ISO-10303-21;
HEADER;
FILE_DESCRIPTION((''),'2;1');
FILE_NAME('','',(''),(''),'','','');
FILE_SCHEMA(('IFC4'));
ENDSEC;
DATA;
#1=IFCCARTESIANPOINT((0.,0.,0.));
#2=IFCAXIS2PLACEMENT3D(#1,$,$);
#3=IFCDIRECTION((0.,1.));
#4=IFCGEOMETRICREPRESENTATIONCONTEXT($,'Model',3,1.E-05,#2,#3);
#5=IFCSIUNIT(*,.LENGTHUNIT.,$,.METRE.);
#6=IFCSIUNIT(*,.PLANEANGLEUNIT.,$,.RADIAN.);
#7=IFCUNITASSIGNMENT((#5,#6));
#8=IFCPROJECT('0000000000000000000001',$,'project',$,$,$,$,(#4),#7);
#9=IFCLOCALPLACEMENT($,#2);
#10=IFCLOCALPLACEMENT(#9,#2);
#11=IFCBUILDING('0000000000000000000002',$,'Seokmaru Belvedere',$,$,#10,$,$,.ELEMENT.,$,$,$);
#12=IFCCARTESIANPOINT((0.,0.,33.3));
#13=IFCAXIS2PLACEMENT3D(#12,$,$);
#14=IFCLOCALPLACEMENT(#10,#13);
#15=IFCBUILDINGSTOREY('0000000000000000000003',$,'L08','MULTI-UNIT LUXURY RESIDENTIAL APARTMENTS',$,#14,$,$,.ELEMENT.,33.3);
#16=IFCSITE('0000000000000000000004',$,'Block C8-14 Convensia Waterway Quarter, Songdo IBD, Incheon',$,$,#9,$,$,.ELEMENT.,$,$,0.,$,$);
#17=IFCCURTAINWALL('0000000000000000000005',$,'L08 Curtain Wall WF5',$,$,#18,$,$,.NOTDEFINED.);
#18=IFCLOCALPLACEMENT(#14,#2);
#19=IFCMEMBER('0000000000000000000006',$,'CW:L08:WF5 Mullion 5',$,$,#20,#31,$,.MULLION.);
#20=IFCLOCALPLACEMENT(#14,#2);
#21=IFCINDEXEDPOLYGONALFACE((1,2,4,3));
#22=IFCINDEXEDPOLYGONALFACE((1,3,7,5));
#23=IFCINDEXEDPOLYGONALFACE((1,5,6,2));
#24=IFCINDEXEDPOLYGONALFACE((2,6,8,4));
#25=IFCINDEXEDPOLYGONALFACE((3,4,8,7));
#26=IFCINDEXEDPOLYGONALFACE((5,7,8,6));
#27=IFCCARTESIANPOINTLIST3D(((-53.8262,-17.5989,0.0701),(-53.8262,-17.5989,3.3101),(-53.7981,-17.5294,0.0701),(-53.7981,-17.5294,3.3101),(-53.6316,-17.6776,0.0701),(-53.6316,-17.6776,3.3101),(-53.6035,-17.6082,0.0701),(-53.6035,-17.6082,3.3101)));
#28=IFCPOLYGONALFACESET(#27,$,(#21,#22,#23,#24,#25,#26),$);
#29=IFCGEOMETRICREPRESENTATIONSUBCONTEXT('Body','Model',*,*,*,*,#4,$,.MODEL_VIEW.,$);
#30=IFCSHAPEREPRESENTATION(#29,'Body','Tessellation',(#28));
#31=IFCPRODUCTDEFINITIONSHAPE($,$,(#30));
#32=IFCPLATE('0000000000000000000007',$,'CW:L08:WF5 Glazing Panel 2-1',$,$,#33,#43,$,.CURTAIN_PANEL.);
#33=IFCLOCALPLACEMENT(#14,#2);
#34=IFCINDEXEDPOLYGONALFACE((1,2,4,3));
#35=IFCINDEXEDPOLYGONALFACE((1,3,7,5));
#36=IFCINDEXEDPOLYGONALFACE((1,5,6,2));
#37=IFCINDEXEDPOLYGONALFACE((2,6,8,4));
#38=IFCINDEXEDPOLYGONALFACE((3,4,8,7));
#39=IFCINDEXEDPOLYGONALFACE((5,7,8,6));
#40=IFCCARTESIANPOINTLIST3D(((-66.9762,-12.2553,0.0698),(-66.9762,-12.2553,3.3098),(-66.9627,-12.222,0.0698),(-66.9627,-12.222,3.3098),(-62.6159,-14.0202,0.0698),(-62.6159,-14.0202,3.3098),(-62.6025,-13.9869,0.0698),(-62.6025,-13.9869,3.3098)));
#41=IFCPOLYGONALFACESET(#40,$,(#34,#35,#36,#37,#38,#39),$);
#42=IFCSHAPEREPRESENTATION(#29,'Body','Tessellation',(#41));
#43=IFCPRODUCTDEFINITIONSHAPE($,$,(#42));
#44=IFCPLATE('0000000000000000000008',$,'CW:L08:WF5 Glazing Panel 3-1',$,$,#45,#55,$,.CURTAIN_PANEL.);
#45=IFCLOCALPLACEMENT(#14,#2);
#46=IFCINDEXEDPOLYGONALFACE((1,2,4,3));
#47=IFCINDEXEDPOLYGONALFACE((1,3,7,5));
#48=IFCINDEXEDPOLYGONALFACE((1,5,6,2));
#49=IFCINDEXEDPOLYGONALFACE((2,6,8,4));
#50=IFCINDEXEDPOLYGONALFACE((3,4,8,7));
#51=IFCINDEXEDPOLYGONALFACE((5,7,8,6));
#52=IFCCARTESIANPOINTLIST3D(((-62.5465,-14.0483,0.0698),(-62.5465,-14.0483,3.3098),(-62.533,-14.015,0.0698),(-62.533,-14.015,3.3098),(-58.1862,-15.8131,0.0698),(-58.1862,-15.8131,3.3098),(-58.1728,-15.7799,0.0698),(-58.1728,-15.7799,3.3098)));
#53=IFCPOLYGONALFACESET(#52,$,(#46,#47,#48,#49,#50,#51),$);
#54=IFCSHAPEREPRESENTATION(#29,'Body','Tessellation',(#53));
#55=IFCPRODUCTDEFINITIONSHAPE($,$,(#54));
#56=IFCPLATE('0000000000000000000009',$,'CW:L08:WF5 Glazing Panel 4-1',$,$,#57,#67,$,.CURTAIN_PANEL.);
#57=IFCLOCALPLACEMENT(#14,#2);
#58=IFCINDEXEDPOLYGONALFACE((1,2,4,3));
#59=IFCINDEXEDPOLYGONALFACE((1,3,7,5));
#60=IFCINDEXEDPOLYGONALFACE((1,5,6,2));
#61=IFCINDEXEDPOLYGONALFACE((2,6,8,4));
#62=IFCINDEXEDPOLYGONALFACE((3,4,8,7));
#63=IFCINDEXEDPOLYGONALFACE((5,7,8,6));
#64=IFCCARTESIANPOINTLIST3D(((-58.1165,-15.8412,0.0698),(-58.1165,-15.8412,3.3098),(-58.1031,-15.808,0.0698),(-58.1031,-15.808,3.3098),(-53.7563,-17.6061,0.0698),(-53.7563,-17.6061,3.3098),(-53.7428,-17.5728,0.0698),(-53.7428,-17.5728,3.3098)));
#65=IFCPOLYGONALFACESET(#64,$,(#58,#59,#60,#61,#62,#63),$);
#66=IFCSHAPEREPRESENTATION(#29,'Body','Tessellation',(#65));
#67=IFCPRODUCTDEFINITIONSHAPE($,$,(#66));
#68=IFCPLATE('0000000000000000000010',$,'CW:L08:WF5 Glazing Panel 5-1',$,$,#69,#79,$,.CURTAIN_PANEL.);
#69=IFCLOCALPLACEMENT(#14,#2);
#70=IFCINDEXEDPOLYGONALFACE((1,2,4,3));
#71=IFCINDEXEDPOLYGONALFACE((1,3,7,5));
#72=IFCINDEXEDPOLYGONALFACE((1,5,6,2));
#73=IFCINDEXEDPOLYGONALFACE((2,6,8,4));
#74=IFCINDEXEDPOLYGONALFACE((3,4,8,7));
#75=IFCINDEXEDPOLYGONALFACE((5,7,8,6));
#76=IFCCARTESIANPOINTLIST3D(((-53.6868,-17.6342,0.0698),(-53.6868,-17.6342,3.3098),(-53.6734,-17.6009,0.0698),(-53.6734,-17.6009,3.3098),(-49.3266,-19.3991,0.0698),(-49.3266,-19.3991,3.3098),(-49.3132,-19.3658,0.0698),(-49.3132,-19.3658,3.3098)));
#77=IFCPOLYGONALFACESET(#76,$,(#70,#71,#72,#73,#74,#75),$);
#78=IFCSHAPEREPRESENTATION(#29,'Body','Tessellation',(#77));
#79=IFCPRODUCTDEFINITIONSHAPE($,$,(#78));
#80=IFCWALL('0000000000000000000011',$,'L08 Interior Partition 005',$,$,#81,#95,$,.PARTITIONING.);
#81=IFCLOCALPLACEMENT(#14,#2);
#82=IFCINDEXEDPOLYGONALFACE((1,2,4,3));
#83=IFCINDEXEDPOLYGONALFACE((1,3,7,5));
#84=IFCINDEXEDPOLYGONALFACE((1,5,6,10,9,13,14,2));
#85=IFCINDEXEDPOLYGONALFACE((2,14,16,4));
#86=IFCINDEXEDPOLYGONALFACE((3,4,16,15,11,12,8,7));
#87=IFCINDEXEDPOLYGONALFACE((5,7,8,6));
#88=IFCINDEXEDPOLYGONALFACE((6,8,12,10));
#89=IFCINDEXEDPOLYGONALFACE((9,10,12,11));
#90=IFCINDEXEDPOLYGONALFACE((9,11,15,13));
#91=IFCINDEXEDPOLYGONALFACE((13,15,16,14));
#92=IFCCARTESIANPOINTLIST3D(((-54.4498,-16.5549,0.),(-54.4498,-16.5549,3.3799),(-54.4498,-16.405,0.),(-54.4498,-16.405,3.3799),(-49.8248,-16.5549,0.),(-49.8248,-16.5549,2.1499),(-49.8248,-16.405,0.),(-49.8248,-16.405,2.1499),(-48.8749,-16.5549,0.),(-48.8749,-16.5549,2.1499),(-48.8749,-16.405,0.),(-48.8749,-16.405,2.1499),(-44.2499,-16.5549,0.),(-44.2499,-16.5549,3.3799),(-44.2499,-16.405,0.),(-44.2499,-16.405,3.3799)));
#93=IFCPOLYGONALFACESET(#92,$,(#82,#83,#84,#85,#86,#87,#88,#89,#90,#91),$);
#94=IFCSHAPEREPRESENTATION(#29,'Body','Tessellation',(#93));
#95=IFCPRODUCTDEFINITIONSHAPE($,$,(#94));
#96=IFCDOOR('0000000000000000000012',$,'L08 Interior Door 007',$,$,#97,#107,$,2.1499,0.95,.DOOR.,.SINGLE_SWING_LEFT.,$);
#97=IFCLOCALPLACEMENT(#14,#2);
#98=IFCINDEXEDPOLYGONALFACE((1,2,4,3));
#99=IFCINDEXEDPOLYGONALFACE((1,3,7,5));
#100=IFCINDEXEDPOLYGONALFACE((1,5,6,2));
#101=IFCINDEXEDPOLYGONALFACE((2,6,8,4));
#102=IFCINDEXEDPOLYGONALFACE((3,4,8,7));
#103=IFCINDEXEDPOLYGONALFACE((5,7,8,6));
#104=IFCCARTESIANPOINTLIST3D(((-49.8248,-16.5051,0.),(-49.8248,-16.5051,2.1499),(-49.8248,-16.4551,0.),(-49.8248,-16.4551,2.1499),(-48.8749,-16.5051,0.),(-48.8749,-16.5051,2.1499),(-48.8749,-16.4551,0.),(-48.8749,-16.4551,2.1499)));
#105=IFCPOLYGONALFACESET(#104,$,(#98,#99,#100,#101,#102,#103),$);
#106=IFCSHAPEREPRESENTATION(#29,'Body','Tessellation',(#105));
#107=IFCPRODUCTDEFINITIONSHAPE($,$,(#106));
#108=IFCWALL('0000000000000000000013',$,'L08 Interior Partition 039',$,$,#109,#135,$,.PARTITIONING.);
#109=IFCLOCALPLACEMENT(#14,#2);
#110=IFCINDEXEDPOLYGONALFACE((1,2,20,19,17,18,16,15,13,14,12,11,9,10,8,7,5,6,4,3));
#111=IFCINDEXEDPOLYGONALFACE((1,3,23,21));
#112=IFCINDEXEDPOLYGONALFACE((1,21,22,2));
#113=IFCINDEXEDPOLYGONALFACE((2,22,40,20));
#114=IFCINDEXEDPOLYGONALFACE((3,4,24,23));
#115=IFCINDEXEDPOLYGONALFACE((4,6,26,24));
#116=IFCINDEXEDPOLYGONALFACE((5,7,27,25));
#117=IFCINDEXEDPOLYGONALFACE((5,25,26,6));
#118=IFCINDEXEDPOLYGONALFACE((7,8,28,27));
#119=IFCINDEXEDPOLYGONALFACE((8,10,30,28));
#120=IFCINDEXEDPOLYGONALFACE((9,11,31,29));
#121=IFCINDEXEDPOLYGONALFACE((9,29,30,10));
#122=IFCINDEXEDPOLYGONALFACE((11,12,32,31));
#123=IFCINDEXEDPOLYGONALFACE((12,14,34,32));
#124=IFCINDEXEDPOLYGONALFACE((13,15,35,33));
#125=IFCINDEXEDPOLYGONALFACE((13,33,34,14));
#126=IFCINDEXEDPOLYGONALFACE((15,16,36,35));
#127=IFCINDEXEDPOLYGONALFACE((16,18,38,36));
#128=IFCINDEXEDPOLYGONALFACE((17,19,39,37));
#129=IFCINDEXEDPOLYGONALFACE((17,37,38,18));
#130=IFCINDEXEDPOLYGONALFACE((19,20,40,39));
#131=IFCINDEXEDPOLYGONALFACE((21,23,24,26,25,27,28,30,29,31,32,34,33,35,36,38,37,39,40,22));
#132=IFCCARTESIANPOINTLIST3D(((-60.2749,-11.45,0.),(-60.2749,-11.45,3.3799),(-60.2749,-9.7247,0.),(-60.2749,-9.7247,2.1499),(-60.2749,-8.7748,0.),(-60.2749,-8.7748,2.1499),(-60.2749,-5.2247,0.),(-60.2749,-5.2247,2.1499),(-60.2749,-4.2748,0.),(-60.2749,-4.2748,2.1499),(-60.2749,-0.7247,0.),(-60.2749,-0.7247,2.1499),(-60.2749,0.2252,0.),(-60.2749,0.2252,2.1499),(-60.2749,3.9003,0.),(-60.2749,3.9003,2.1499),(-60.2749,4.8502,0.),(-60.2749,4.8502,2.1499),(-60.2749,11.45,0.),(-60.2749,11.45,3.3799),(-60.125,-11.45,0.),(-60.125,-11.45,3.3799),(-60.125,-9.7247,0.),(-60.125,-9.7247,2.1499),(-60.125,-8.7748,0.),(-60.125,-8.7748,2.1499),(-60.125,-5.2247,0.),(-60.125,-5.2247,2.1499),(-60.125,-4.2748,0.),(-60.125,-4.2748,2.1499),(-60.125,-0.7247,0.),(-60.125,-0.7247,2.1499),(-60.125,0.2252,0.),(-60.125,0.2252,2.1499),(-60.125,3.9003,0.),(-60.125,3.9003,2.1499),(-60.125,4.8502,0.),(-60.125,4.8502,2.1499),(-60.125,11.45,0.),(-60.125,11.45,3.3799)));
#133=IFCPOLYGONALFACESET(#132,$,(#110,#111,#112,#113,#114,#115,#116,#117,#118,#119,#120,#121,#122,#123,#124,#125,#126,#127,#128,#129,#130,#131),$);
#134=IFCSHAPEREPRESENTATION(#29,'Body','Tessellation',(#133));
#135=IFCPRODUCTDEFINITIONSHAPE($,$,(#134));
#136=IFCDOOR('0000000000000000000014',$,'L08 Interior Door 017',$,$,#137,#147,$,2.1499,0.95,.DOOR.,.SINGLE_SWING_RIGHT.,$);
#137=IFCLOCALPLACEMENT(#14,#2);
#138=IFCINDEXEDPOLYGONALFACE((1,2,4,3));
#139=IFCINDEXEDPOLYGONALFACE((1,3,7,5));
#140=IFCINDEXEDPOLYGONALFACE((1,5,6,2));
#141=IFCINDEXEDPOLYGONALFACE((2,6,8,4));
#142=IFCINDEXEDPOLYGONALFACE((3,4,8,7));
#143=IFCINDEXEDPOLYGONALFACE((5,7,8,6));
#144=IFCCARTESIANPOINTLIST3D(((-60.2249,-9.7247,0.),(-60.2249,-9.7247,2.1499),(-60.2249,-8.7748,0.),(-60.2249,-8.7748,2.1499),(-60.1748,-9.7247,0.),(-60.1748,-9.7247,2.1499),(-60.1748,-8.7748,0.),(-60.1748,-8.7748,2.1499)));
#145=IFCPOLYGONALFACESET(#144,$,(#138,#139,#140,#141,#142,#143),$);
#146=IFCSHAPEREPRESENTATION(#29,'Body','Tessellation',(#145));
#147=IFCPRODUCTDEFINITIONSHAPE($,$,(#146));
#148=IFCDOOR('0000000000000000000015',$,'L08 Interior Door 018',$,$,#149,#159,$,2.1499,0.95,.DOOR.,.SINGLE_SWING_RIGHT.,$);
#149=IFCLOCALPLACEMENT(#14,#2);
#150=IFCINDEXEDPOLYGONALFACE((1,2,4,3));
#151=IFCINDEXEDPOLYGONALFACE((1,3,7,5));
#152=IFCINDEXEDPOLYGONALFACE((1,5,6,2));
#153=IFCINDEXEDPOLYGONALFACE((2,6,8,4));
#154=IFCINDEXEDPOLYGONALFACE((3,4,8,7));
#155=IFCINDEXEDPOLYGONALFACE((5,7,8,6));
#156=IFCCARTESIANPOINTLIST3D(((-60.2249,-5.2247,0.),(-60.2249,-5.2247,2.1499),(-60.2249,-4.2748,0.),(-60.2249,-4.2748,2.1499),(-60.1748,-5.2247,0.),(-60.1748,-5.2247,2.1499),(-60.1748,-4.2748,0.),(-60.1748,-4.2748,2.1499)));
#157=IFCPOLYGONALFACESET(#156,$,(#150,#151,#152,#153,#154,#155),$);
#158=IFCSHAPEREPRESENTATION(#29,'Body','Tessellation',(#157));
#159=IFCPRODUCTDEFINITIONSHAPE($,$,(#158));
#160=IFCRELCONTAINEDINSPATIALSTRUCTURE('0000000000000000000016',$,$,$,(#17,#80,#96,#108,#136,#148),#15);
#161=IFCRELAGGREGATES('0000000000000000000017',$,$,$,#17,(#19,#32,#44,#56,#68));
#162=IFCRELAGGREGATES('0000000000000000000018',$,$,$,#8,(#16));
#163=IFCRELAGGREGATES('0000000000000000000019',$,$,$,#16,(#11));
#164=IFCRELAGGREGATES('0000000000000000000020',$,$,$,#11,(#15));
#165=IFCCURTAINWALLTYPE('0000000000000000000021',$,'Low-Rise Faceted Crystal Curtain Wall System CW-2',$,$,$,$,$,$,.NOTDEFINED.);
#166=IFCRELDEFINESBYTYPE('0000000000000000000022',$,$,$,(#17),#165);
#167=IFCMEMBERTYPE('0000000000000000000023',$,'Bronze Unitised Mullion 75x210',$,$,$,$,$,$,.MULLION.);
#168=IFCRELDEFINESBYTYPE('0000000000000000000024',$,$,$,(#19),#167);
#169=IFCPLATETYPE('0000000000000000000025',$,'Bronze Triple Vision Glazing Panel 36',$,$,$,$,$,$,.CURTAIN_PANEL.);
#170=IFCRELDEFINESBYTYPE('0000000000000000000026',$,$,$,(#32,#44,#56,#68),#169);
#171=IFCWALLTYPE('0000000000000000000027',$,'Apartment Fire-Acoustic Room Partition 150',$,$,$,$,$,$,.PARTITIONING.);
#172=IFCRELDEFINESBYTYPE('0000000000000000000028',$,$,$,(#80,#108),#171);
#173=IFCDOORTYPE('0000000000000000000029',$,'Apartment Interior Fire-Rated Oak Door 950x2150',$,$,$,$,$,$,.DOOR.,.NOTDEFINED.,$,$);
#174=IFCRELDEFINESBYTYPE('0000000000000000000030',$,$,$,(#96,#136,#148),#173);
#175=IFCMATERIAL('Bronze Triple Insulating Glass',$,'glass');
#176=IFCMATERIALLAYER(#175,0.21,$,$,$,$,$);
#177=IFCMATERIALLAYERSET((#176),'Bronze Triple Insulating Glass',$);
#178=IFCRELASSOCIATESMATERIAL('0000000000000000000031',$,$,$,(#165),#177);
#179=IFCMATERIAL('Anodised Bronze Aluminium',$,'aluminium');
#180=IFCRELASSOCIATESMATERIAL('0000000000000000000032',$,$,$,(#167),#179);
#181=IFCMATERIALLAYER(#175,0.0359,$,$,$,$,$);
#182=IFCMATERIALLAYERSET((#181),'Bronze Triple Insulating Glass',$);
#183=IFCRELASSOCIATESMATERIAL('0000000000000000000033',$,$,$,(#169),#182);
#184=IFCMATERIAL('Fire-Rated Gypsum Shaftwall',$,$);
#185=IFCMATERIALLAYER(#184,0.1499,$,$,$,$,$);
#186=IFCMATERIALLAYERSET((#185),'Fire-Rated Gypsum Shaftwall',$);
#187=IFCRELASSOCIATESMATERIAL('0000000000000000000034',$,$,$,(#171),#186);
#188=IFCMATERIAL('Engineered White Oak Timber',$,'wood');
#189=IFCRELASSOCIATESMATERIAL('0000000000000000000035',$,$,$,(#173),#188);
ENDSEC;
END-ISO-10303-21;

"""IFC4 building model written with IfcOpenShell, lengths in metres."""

from ifc_helpers import new_model, si_unit, direction, frame, frame_2d, origin, origin_2d, place, context, subcontext, project, spatial, rectangle, extrude, source, transform, mapped, material, layer, layer_set, material_profile, profile_set, type_object, type_shapes, element, fill, aggregate, save


model = new_model("IFC4")

# Units and contexts
model_context = context("Model", 3, precision=1e-05, world=origin(), true_north=direction((0.0, 1.0)))
body_context = subcontext(model_context, "Body", "Model", "MODEL_VIEW")
ifc_project = project(units=[si_unit("LENGTHUNIT", "METRE"), si_unit("PLANEANGLEUNIT", "RADIAN")], contexts=[model_context])

# Site, building, storey
site_placement = place(None, origin())
site = spatial("IfcSite", under=ifc_project, at=site_placement, Name="Block C8-14 Convensia Waterway Quarter, Songdo IBD, Incheon", CompositionType="ELEMENT", RefElevation=0.0)
building_placement = place(site_placement, origin())
building = spatial("IfcBuilding", under=site, at=building_placement, Name="Seokmaru Belvedere", CompositionType="ELEMENT")
storey_placement = place(building_placement, frame((0.0, 0.0, 33.3)))
storey = spatial("IfcBuildingStorey", under=building, at=storey_placement, Name="L08", Description="MULTI-UNIT LUXURY RESIDENTIAL APARTMENTS", CompositionType="ELEMENT", Elevation=33.3)

# Curtain wall, member, plates
ifc_material_1 = material(Name="Bronze Triple Insulating Glass", Category="glass")
ifc_layer_1 = layer(ifc_material_1, 0.21)
ifc_layer_set_1 = layer_set([ifc_layer_1], Name="Bronze Triple Insulating Glass")
curtain_wall_type = type_object("IfcCurtainWallType", Name="Low-Rise Faceted Crystal Curtain Wall System CW-2", PredefinedType="NOTDEFINED", material=ifc_layer_set_1)
curtain_wall_placement = place(storey_placement, origin())
curtain_wall = element("IfcCurtainWall", 1, at=curtain_wall_placement, inside=storey, type_object=curtain_wall_type, Name="L08 Curtain Wall WF5", PredefinedType="NOTDEFINED")
ifc_material_2 = material(Name="Anodised Bronze Aluminium", Category="aluminium")
ifc_material_profile_1 = material_profile(ifc_material_2, rectangle(XDim=0.075, YDim=0.21, at=origin_2d()), Name="CW-M-75x210")
ifc_profile_set_1 = profile_set([ifc_material_profile_1], Name="Anodised Bronze Aluminium")
member_type = type_object("IfcMemberType", Name="Bronze Unitised Mullion 75x210", PredefinedType="MULLION", material=ifc_profile_set_1)
shared_shape_1 = source(origin(), body_context, "Body", "SweptSolid", [
    extrude(rectangle(XDim=0.075, YDim=0.21, at=origin_2d()), origin(), (0.0, 0.0, 1.0), 3.24),
])
type_shapes(member_type, [shared_shape_1])
member_1_placement = place(storey_placement, frame((-53.7148, -17.6035, 0.0701), z_axis=(0.0, 0.0, 1.0), x_axis=(0.375192, 0.926947, 0.0)))
member_1 = element("IfcMember", 2, at=member_1_placement, type_object=member_type, Name="CW:L08:WF5 Mullion 5", PredefinedType="MULLION", context=body_context, shape_type="MappedRepresentation", body=[
    mapped(shared_shape_1, transform((0.0, 0.0, 0.0), scale=1.0)),
])
ifc_layer_2 = layer(ifc_material_1, 0.0359)
ifc_layer_set_2 = layer_set([ifc_layer_2], Name="Bronze Triple Insulating Glass")
plate_type = type_object("IfcPlateType", Name="Bronze Triple Vision Glazing Panel 36", PredefinedType="CURTAIN_PANEL", material=ifc_layer_set_2)
shared_shape_2 = source(origin(), body_context, "Body", "SweptSolid", [
    extrude(rectangle(XDim=4.7039, YDim=0.0359, at=origin_2d()), origin(), (0.0, 0.0, 1.0), 3.24),
])
type_shapes(plate_type, [shared_shape_2])
plate_1_placement = place(storey_placement, frame((-64.7893, -13.1211, 0.0698), z_axis=(0.0, 0.0, 1.0), x_axis=(0.926947, -0.375192, 0.0)))
plate_1 = element("IfcPlate", 3, at=plate_1_placement, type_object=plate_type, Name="CW:L08:WF5 Glazing Panel 2-1", PredefinedType="CURTAIN_PANEL", context=body_context, shape_type="MappedRepresentation", body=[
    mapped(shared_shape_2, transform((0.0, 0.0, 0.0), scale=1.0)),
])
plate_2_placement = place(storey_placement, frame((-60.3596, -14.9141, 0.0698), z_axis=(0.0, 0.0, 1.0), x_axis=(0.926947, -0.375192, 0.0)))
plate_2 = element("IfcPlate", 4, at=plate_2_placement, type_object=plate_type, Name="CW:L08:WF5 Glazing Panel 3-1", PredefinedType="CURTAIN_PANEL", context=body_context, shape_type="MappedRepresentation", body=[
    mapped(shared_shape_2, transform((0.0, 0.0, 0.0), scale=1.0)),
])
plate_3_placement = place(storey_placement, frame((-55.9297, -16.707, 0.0698), z_axis=(0.0, 0.0, 1.0), x_axis=(0.926947, -0.375192, 0.0)))
plate_3 = element("IfcPlate", 5, at=plate_3_placement, type_object=plate_type, Name="CW:L08:WF5 Glazing Panel 4-1", PredefinedType="CURTAIN_PANEL", context=body_context, shape_type="MappedRepresentation", body=[
    mapped(shared_shape_2, transform((0.0, 0.0, 0.0), scale=1.0)),
])
plate_4_placement = place(storey_placement, frame((-51.5, -18.5, 0.0698), z_axis=(0.0, 0.0, 1.0), x_axis=(0.926947, -0.375192, 0.0)))
plate_4 = element("IfcPlate", 6, at=plate_4_placement, type_object=plate_type, Name="CW:L08:WF5 Glazing Panel 5-1", PredefinedType="CURTAIN_PANEL", context=body_context, shape_type="MappedRepresentation", body=[
    mapped(shared_shape_2, transform((0.0, 0.0, 0.0), scale=1.0)),
])
aggregate(curtain_wall, [member_1, plate_1, plate_2, plate_3, plate_4])

# Wall, opening, door
ifc_material_3 = material(Name="Fire-Rated Gypsum Shaftwall")
ifc_layer_3 = layer(ifc_material_3, 0.1499)
ifc_layer_set_3 = layer_set([ifc_layer_3], Name="Fire-Rated Gypsum Shaftwall")
wall_type = type_object("IfcWallType", Name="Apartment Fire-Acoustic Room Partition 150", PredefinedType="PARTITIONING", material=ifc_layer_set_3)
wall_1_placement = place(storey_placement, frame((-54.45, -16.48, 0.0), z_axis=(0.0, 0.0, 1.0), x_axis=(1.0, 0.0, 0.0)))
wall_1 = element("IfcWall", 7, at=wall_1_placement, inside=storey, type_object=wall_type, Name="L08 Interior Partition 005", PredefinedType="PARTITIONING", context=body_context, shape_type="SweptSolid", body=[
    extrude(rectangle(XDim=10.2, YDim=0.1499, at=frame_2d((5.1001, 0.0))), origin(), (0.0, 0.0, 1.0), 3.3799),
])
opening_1_placement = place(wall_1_placement, frame((4.625, 0.0, 0.0)))
opening_1 = element("IfcOpeningElement", 8, at=opening_1_placement, cuts=wall_1, PredefinedType="OPENING", context=body_context, shape_type="SweptSolid", body=[
    extrude(rectangle(XDim=0.95, YDim=2.1499, at=frame_2d((0.4751, 1.075))), frame((0.0, 0.085, 0.0), z_axis=(0.0, -1.0, 0.0), x_axis=(1.0, 0.0, 0.0)), (0.0, 0.0, 1.0), 0.1699),
])
ifc_material_4 = material(Name="Engineered White Oak Timber", Category="wood")
door_type = type_object("IfcDoorType", Name="Apartment Interior Fire-Rated Oak Door 950x2150", OperationType="NOTDEFINED", PredefinedType="DOOR", material=ifc_material_4)
shared_shape_3 = source(origin(), body_context, "Body", "SweptSolid", [
    extrude(rectangle(XDim=0.95, YDim=2.1499, at=frame_2d((0.4751, 1.075))), frame((0.0, 0.0249, 0.0), z_axis=(0.0, -1.0, 0.0), x_axis=(1.0, 0.0, 0.0)), (0.0, 0.0, 1.0), 0.05),
])
type_shapes(door_type, [shared_shape_3])
door_1_placement = place(opening_1_placement, origin())
door_1 = element("IfcDoor", 9, at=door_1_placement, inside=storey, type_object=door_type, Name="L08 Interior Door 007", OperationType="SINGLE_SWING_LEFT", OverallHeight=2.1499, OverallWidth=0.95, PredefinedType="DOOR", context=body_context, shape_type="MappedRepresentation", body=[
    mapped(shared_shape_3, transform((0.0, 0.0, 0.0), scale=1.0)),
])
fill(opening_1, door_1)

# Wall, openings, doors
wall_2_placement = place(storey_placement, frame((-60.2, -11.45, 0.0), z_axis=(0.0, 0.0, 1.0), x_axis=(0.0, 1.0, 0.0)))
wall_2 = element("IfcWall", 10, at=wall_2_placement, inside=storey, type_object=wall_type, Name="L08 Interior Partition 039", PredefinedType="PARTITIONING", context=body_context, shape_type="SweptSolid", body=[
    extrude(rectangle(XDim=22.8999, YDim=0.1499, at=frame_2d((11.45, 0.0))), origin(), (0.0, 0.0, 1.0), 3.3799),
])
opening_2_placement = place(wall_2_placement, frame((1.7251, 0.0, 0.0)))
opening_2 = element("IfcOpeningElement", 11, at=opening_2_placement, cuts=wall_2, PredefinedType="OPENING", context=body_context, shape_type="SweptSolid", body=[
    extrude(rectangle(XDim=0.95, YDim=2.1499, at=frame_2d((0.4751, 1.075))), frame((0.0, 0.085, 0.0), z_axis=(0.0, -1.0, 0.0), x_axis=(1.0, 0.0, 0.0)), (0.0, 0.0, 1.0), 0.1699),
])
opening_3_placement = place(wall_2_placement, frame((6.2251, 0.0, 0.0)))
opening_3 = element("IfcOpeningElement", 12, at=opening_3_placement, cuts=wall_2, PredefinedType="OPENING", context=body_context, shape_type="SweptSolid", body=[
    extrude(rectangle(XDim=0.95, YDim=2.1499, at=frame_2d((0.4751, 1.075))), frame((0.0, 0.085, 0.0), z_axis=(0.0, -1.0, 0.0), x_axis=(1.0, 0.0, 0.0)), (0.0, 0.0, 1.0), 0.1699),
])
opening_4_placement = place(wall_2_placement, frame((10.7251, 0.0, 0.0)))
element("IfcOpeningElement", 13, at=opening_4_placement, cuts=wall_2, PredefinedType="OPENING", context=body_context, shape_type="SweptSolid", body=[
    extrude(rectangle(XDim=0.95, YDim=2.1499, at=frame_2d((0.4751, 1.075))), frame((0.0, 0.085, 0.0), z_axis=(0.0, -1.0, 0.0), x_axis=(1.0, 0.0, 0.0)), (0.0, 0.0, 1.0), 0.1699),
])
opening_5_placement = place(wall_2_placement, frame((15.3501, 0.0, 0.0)))
element("IfcOpeningElement", 14, at=opening_5_placement, cuts=wall_2, PredefinedType="OPENING", context=body_context, shape_type="SweptSolid", body=[
    extrude(rectangle(XDim=0.95, YDim=2.1499, at=frame_2d((0.4751, 1.075))), frame((0.0, 0.085, 0.0), z_axis=(0.0, -1.0, 0.0), x_axis=(1.0, 0.0, 0.0)), (0.0, 0.0, 1.0), 0.1699),
])
door_2_placement = place(opening_2_placement, origin())
door_2 = element("IfcDoor", 15, at=door_2_placement, inside=storey, type_object=door_type, Name="L08 Interior Door 017", OperationType="SINGLE_SWING_RIGHT", OverallHeight=2.1499, OverallWidth=0.95, PredefinedType="DOOR", context=body_context, shape_type="MappedRepresentation", body=[
    mapped(shared_shape_3, transform((0.0, 0.0, 0.0), scale=1.0)),
])
fill(opening_2, door_2)
door_3_placement = place(opening_3_placement, origin())
door_3 = element("IfcDoor", 16, at=door_3_placement, inside=storey, type_object=door_type, Name="L08 Interior Door 018", OperationType="SINGLE_SWING_RIGHT", OverallHeight=2.1499, OverallWidth=0.95, PredefinedType="DOOR", context=body_context, shape_type="MappedRepresentation", body=[
    mapped(shared_shape_3, transform((0.0, 0.0, 0.0), scale=1.0)),
])
fill(opening_3, door_3)

save(model, "model.ifc")
